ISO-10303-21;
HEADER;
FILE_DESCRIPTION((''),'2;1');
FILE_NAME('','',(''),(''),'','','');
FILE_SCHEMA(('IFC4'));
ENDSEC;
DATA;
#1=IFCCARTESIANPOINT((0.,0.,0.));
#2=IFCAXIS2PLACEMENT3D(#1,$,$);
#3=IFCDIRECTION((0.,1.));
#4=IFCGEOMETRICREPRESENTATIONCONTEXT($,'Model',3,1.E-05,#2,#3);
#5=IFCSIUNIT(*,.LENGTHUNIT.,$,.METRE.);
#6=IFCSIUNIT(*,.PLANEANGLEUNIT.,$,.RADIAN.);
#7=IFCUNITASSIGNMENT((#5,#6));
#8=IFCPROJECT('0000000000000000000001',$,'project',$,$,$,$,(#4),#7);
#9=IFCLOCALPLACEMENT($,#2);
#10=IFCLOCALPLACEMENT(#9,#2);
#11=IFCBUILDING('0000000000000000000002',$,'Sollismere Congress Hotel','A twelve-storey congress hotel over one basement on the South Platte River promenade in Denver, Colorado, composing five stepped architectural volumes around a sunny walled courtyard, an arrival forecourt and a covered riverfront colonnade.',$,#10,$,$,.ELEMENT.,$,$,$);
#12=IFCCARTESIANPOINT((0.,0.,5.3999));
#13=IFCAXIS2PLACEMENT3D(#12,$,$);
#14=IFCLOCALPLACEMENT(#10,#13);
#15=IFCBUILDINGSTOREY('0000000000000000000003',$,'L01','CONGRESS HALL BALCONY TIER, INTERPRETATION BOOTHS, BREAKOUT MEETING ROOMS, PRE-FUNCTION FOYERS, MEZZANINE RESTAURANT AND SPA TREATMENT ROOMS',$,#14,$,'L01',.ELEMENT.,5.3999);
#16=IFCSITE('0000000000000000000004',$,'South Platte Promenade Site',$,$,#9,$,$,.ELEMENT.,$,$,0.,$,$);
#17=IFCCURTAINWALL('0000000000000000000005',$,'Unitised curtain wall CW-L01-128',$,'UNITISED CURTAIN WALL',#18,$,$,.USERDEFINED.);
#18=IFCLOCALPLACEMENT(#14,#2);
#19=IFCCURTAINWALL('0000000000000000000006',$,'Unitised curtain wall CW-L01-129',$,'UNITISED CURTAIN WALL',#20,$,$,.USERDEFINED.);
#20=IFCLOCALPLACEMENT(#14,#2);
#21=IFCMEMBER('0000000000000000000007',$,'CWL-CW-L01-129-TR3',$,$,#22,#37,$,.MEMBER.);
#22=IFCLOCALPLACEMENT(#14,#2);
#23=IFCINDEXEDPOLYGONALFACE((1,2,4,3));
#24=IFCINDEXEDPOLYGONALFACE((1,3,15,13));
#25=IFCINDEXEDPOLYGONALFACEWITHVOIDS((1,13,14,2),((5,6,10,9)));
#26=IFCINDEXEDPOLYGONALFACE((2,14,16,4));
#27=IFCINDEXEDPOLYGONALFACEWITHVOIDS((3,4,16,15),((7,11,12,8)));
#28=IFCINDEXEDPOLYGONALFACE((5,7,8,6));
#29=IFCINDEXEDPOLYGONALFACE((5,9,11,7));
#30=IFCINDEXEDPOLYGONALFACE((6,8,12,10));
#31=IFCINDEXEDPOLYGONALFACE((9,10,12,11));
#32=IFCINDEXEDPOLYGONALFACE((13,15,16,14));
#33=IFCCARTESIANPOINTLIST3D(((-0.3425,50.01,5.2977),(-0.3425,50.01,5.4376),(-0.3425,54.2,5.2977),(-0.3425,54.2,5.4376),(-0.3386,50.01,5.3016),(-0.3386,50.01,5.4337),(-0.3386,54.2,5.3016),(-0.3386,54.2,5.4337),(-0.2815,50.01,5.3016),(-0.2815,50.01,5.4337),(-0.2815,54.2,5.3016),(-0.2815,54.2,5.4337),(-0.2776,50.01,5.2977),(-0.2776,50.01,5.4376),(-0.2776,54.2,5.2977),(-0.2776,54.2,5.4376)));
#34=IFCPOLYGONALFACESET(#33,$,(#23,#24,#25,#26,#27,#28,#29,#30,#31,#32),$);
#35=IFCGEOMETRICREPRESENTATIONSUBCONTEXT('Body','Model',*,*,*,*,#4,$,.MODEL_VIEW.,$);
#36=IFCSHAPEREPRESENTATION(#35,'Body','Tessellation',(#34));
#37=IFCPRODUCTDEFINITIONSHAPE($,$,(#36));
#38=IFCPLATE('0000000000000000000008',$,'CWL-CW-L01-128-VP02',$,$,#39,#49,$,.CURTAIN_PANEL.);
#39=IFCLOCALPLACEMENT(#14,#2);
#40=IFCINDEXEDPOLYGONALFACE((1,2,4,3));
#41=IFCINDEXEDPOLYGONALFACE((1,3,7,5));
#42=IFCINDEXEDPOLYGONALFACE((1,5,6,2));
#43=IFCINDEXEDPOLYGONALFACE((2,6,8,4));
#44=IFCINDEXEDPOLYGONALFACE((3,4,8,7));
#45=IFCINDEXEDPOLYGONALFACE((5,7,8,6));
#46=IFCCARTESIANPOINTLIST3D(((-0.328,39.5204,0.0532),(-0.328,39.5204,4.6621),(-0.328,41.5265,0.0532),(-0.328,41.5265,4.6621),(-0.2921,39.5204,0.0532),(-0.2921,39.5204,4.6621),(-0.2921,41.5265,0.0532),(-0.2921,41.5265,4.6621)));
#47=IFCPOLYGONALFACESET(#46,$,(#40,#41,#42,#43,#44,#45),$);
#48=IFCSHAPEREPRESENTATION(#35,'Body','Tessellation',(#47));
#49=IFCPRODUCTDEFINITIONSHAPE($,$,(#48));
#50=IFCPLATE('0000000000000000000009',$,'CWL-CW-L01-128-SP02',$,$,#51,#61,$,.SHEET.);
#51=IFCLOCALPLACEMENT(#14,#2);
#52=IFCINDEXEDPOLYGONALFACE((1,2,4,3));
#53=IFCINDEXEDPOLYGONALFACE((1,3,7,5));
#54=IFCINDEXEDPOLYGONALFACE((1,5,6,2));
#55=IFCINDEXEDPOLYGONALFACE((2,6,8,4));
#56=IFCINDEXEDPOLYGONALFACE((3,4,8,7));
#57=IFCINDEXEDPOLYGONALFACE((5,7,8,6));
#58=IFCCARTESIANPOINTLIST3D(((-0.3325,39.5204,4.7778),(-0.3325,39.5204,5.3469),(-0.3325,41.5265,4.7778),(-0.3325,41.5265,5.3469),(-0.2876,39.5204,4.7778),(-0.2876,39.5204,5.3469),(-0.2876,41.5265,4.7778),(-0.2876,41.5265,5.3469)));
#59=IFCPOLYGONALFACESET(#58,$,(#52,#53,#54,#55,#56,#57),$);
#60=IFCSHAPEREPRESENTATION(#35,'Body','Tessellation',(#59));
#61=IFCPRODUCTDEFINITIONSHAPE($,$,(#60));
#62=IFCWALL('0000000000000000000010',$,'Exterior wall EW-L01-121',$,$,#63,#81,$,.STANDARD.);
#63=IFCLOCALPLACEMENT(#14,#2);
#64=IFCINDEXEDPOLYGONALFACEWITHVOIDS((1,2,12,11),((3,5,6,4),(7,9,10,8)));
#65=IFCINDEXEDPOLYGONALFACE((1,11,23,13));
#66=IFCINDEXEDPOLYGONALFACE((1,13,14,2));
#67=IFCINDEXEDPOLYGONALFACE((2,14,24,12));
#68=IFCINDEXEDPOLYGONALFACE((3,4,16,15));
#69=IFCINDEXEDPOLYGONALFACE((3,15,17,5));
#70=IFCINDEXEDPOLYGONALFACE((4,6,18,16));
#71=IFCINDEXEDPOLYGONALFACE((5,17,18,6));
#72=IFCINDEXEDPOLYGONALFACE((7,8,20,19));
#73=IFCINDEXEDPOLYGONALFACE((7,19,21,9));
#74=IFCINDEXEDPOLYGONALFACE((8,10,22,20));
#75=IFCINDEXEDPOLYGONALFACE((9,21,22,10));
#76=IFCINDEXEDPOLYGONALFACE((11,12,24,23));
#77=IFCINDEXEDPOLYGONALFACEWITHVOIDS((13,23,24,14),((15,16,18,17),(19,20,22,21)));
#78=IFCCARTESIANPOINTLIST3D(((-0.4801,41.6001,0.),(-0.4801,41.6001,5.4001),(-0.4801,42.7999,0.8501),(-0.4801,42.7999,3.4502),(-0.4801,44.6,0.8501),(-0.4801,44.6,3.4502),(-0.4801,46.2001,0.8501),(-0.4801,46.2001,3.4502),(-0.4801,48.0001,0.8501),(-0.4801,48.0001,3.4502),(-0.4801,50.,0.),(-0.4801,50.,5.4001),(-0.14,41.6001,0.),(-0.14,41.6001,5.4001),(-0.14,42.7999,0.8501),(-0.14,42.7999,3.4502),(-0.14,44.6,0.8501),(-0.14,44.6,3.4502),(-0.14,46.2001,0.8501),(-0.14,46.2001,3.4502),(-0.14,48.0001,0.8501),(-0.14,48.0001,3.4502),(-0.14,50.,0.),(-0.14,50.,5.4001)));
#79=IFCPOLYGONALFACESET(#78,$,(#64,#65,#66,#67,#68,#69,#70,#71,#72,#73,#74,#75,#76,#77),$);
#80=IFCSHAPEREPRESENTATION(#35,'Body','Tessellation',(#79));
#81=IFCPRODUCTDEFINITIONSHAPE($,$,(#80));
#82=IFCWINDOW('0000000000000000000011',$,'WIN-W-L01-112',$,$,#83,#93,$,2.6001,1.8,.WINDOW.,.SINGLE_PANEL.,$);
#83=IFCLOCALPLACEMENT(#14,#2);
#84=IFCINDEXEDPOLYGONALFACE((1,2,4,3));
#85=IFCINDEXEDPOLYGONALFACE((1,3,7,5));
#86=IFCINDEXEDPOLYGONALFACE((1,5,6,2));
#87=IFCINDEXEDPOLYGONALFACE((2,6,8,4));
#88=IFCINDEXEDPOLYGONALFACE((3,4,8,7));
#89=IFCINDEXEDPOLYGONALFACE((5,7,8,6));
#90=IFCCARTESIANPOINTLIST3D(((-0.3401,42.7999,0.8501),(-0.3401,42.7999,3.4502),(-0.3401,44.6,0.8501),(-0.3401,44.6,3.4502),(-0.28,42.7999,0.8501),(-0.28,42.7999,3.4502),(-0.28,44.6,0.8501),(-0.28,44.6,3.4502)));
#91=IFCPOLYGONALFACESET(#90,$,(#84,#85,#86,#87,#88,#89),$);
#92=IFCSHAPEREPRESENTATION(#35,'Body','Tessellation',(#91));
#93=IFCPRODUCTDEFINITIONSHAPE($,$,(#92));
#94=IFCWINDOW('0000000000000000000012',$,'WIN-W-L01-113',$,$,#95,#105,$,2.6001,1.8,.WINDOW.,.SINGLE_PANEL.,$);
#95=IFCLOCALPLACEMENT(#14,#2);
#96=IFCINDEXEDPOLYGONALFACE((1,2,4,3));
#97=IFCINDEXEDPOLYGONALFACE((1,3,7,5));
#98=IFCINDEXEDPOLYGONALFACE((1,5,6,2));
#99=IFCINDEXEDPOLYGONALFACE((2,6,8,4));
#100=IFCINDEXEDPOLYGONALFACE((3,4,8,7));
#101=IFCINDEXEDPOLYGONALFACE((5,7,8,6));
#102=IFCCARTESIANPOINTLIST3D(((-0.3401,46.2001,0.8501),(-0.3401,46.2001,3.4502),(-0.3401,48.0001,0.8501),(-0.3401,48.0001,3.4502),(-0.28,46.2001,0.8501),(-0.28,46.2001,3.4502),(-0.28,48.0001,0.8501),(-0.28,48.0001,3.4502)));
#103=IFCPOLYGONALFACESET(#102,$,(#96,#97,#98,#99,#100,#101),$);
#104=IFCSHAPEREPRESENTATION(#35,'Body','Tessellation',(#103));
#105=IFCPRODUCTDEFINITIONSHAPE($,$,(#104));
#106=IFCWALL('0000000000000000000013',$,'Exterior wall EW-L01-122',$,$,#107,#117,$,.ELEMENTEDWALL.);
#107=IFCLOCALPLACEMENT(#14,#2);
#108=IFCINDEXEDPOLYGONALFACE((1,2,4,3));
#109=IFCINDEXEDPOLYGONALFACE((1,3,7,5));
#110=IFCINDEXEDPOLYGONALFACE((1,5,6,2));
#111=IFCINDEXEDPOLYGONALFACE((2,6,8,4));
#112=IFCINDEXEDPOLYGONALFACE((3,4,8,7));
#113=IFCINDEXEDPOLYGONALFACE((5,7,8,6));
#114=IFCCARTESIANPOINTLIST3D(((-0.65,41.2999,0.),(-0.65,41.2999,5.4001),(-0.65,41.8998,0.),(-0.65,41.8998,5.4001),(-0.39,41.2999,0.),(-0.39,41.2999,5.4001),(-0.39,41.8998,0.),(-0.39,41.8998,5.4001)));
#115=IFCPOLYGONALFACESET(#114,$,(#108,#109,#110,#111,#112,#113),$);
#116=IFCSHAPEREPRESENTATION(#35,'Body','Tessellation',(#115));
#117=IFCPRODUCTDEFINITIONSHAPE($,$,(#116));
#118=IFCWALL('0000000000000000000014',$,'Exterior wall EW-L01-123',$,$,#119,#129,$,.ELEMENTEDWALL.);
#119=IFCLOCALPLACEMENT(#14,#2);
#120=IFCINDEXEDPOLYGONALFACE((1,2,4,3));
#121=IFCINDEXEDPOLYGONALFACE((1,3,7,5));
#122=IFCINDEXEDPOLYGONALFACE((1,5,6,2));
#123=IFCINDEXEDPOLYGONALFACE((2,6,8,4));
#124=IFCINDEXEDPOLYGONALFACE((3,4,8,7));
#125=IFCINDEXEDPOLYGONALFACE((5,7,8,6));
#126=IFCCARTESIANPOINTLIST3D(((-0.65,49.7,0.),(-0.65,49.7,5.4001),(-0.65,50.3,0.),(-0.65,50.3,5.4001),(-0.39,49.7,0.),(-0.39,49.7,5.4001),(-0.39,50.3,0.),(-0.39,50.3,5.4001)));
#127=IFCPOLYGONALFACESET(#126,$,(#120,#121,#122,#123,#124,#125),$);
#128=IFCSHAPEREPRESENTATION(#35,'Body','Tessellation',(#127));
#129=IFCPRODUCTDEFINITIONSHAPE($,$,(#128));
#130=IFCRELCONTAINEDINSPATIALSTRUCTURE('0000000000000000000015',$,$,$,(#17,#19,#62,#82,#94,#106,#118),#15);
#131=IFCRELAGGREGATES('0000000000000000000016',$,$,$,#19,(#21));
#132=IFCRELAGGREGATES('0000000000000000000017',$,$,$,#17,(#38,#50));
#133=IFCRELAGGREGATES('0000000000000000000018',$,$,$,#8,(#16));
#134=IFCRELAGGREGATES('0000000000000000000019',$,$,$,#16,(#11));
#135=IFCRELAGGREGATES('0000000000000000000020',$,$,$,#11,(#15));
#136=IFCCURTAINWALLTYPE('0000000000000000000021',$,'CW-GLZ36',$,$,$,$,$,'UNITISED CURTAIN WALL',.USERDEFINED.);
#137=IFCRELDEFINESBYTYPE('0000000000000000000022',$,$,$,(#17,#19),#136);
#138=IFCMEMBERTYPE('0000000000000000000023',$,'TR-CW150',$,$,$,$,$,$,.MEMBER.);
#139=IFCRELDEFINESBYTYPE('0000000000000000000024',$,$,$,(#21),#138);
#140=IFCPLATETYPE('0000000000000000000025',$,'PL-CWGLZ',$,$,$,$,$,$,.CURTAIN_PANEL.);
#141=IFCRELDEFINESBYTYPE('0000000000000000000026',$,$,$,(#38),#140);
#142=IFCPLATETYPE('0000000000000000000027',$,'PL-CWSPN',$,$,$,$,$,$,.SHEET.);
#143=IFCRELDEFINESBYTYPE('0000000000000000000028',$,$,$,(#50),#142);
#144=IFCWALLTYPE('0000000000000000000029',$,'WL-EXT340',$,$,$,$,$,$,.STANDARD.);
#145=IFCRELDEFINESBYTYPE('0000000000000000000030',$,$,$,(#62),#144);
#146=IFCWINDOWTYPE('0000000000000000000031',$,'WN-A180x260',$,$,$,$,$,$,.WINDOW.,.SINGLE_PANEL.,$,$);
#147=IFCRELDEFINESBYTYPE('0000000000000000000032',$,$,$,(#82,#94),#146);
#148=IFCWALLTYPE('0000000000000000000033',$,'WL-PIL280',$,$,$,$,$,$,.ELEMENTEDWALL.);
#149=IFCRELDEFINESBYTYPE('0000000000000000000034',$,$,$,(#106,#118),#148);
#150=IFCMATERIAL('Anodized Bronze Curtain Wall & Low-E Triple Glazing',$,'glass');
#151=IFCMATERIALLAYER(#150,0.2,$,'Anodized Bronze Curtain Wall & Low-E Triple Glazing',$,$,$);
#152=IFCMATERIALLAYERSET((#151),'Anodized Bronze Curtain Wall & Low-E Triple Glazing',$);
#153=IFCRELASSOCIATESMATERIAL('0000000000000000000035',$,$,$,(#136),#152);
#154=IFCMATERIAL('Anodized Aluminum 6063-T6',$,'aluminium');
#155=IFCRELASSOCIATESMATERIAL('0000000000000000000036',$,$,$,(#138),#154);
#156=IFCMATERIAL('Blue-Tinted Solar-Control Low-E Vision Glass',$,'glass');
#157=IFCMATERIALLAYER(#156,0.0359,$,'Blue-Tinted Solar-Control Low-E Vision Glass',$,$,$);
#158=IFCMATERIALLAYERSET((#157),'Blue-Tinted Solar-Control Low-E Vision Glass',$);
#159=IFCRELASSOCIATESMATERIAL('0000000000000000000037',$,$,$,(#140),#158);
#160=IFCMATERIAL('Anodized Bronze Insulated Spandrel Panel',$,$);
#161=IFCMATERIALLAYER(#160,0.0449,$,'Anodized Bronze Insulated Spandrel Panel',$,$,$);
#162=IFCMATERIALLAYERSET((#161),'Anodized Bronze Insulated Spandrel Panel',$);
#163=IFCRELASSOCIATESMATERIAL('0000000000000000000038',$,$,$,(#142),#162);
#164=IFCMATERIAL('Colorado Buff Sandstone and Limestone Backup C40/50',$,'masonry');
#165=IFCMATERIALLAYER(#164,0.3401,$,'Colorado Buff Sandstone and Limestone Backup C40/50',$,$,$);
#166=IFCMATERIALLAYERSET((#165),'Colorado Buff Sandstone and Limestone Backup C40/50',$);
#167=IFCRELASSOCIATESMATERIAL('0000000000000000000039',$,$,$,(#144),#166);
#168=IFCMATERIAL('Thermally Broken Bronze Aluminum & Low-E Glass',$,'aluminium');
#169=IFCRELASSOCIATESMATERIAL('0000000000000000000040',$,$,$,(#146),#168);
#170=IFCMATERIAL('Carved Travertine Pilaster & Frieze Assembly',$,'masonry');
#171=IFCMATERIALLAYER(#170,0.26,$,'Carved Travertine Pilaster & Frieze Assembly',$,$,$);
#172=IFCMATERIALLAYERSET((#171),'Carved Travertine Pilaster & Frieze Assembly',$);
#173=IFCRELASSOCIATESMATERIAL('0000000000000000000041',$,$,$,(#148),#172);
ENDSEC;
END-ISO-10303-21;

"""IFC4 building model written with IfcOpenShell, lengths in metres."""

from ifc_helpers import new_model, si_unit, direction, frame, frame_2d, origin, origin_2d, place, context, subcontext, project, spatial, rectangle, hollow_rectangle, extrude, material, layer, layer_set, material_profile, profile_set, type_object, element, fill, aggregate, save


model = new_model("IFC4")

# Units and contexts
model_context = context("Model", 3, precision=1e-05, world=origin(), true_north=direction((0.0, 1.0)))
body_context = subcontext(model_context, "Body", "Model", "MODEL_VIEW")
ifc_project = project(units=[si_unit("LENGTHUNIT", "METRE"), si_unit("PLANEANGLEUNIT", "RADIAN")], contexts=[model_context])

# Site, building, storey
site_placement = place(None, origin())
site = spatial("IfcSite", under=ifc_project, at=site_placement, Name="South Platte Promenade Site", CompositionType="ELEMENT", RefElevation=0.0)
building_placement = place(site_placement, origin())
building = spatial("IfcBuilding", under=site, at=building_placement, Name="Sollismere Congress Hotel", Description="A twelve-storey congress hotel over one basement on the South Platte River promenade in Denver, Colorado, composing five stepped architectural volumes around a sunny walled courtyard, an arrival forecourt and a covered riverfront colonnade.", CompositionType="ELEMENT")
storey_placement = place(building_placement, frame((0.0, 0.0, 5.3999)))
storey = spatial("IfcBuildingStorey", under=building, at=storey_placement, Name="L01", Description="CONGRESS HALL BALCONY TIER, INTERPRETATION BOOTHS, BREAKOUT MEETING ROOMS, PRE-FUNCTION FOYERS, MEZZANINE RESTAURANT AND SPA TREATMENT ROOMS", LongName="L01", CompositionType="ELEMENT", Elevation=5.3999)

# Curtain walls, member
ifc_material_1 = material(Name="Anodized Bronze Curtain Wall & Low-E Triple Glazing", Category="glass")
ifc_layer_1 = layer(ifc_material_1, 0.2, Name="Anodized Bronze Curtain Wall & Low-E Triple Glazing")
ifc_layer_set_1 = layer_set([ifc_layer_1], Name="Anodized Bronze Curtain Wall & Low-E Triple Glazing")
curtain_wall_type = type_object("IfcCurtainWallType", Name="CW-GLZ36", ElementType="UNITISED CURTAIN WALL", PredefinedType="USERDEFINED", material=ifc_layer_set_1)
curtain_wall_1_placement = place(storey_placement, origin())
curtain_wall_1 = element("IfcCurtainWall", 1, at=curtain_wall_1_placement, inside=storey, type_object=curtain_wall_type, Name="Unitised curtain wall CW-L01-128", ObjectType="UNITISED CURTAIN WALL", PredefinedType="USERDEFINED")
ifc_material_2 = material(Name="Anodized Aluminum 6063-T6", Category="aluminium")
curtain_wall_2_placement = place(storey_placement, origin())
curtain_wall_2 = element("IfcCurtainWall", 2, at=curtain_wall_2_placement, inside=storey, type_object=curtain_wall_type, Name="Unitised curtain wall CW-L01-129", ObjectType="UNITISED CURTAIN WALL", PredefinedType="USERDEFINED")
ifc_material_profile_1 = material_profile(ifc_material_2, hollow_rectangle(XDim=0.0649, YDim=0.1399, WallThickness=0.0039, at=origin_2d()), Name="ALU140X65X4")
ifc_profile_set_1 = profile_set([ifc_material_profile_1], Name="Anodized Aluminum 6063-T6")
member_type_1 = type_object("IfcMemberType", Name="TR-CW150", PredefinedType="MEMBER", material=ifc_profile_set_1)
member_1_placement = place(storey_placement, frame((-0.3101, 50.01, 5.3677), z_axis=(0.0, 1.0, 0.0), x_axis=(-1.0, 0.0, 0.0)))
member_1 = element("IfcMember", 3, at=member_1_placement, type_object=member_type_1, Name="CWL-CW-L01-129-TR3", PredefinedType="MEMBER", context=body_context, shape_type="SweptSolid", body=[
    extrude(hollow_rectangle(XDim=0.0649, YDim=0.1399, WallThickness=0.0039, at=origin_2d()), origin(), (0.0, 0.0, 1.0), 4.1899),
])
aggregate(curtain_wall_2, [member_1])

# Plates
ifc_material_3 = material(Name="Blue-Tinted Solar-Control Low-E Vision Glass", Category="glass")
ifc_layer_2 = layer(ifc_material_3, 0.0359, Name="Blue-Tinted Solar-Control Low-E Vision Glass")
ifc_layer_set_2 = layer_set([ifc_layer_2], Name="Blue-Tinted Solar-Control Low-E Vision Glass")
plate_type_1 = type_object("IfcPlateType", Name="PL-CWGLZ", PredefinedType="CURTAIN_PANEL", material=ifc_layer_set_2)
plate_1_placement = place(storey_placement, frame((-0.3101, 40.5234, 0.0532), z_axis=(0.0, 0.0, 1.0), x_axis=(0.0, 1.0, 0.0)))
plate_1 = element("IfcPlate", 4, at=plate_1_placement, type_object=plate_type_1, Name="CWL-CW-L01-128-VP02", PredefinedType="CURTAIN_PANEL", context=body_context, shape_type="SweptSolid", body=[
    extrude(rectangle(XDim=2.0061, YDim=0.0359, at=origin_2d()), origin(), (0.0, 0.0, 1.0), 4.6089),
])
ifc_material_4 = material(Name="Anodized Bronze Insulated Spandrel Panel")
ifc_layer_3 = layer(ifc_material_4, 0.0449, Name="Anodized Bronze Insulated Spandrel Panel")
ifc_layer_set_3 = layer_set([ifc_layer_3], Name="Anodized Bronze Insulated Spandrel Panel")
plate_type_2 = type_object("IfcPlateType", Name="PL-CWSPN", PredefinedType="SHEET", material=ifc_layer_set_3)
plate_2_placement = place(storey_placement, frame((-0.3101, 40.5234, 4.7778), z_axis=(0.0, 0.0, 1.0), x_axis=(0.0, 1.0, 0.0)))
plate_2 = element("IfcPlate", 5, at=plate_2_placement, type_object=plate_type_2, Name="CWL-CW-L01-128-SP02", PredefinedType="SHEET", context=body_context, shape_type="SweptSolid", body=[
    extrude(rectangle(XDim=2.0061, YDim=0.0449, at=origin_2d()), origin(), (0.0, 0.0, 1.0), 0.5691),
])
aggregate(curtain_wall_1, [plate_1, plate_2])

# Wall, openings, windows
ifc_material_5 = material(Name="Colorado Buff Sandstone and Limestone Backup C40/50", Category="masonry")
ifc_layer_4 = layer(ifc_material_5, 0.3401, Name="Colorado Buff Sandstone and Limestone Backup C40/50")
ifc_layer_set_4 = layer_set([ifc_layer_4], Name="Colorado Buff Sandstone and Limestone Backup C40/50")
wall_type_1 = type_object("IfcWallType", Name="WL-EXT340", PredefinedType="STANDARD", material=ifc_layer_set_4)
wall_1_placement = place(storey_placement, frame((-0.3101, 41.6001, 0.0), z_axis=(0.0, 0.0, 1.0), x_axis=(0.0, 1.0, 0.0)))
wall_1 = element("IfcWall", 6, at=wall_1_placement, inside=storey, type_object=wall_type_1, Name="Exterior wall EW-L01-121", PredefinedType="STANDARD", context=body_context, shape_type="SweptSolid", body=[
    extrude(rectangle(XDim=8.3999, YDim=0.3401, at=frame_2d((4.2, 0.0))), origin(), (0.0, 0.0, 1.0), 5.4001),
])
opening_1_placement = place(wall_1_placement, frame((1.2, 0.0, 0.8501)))
opening_1 = element("IfcOpeningElement", 7, at=opening_1_placement, cuts=wall_1, PredefinedType="OPENING", context=body_context, shape_type="SweptSolid", body=[
    extrude(rectangle(XDim=1.8, YDim=2.6001, at=frame_2d((0.8999, 1.3))), frame((0.0, 0.1799, 0.0), z_axis=(0.0, -1.0, 0.0), x_axis=(1.0, 0.0, 0.0)), (0.0, 0.0, 1.0), 0.3601),
])
opening_2_placement = place(wall_1_placement, frame((4.6001, 0.0, 0.8501)))
opening_2 = element("IfcOpeningElement", 8, at=opening_2_placement, cuts=wall_1, PredefinedType="OPENING", context=body_context, shape_type="SweptSolid", body=[
    extrude(rectangle(XDim=1.8, YDim=2.6001, at=frame_2d((0.8999, 1.3))), frame((0.0, 0.1799, 0.0), z_axis=(0.0, -1.0, 0.0), x_axis=(1.0, 0.0, 0.0)), (0.0, 0.0, 1.0), 0.3601),
])
ifc_material_6 = material(Name="Thermally Broken Bronze Aluminum & Low-E Glass", Category="aluminium")
window_type = type_object("IfcWindowType", Name="WN-A180x260", PartitioningType="SINGLE_PANEL", PredefinedType="WINDOW", material=ifc_material_6)
window_1_placement = place(opening_1_placement, origin())
window_1 = element("IfcWindow", 9, at=window_1_placement, inside=storey, type_object=window_type, Name="WIN-W-L01-112", OverallHeight=2.6001, OverallWidth=1.8, PartitioningType="SINGLE_PANEL", PredefinedType="WINDOW", context=body_context, shape_type="SweptSolid", body=[
    extrude(rectangle(XDim=1.8, YDim=2.6001, at=frame_2d((0.8999, 1.3))), frame((0.0, 0.03, 0.0), z_axis=(0.0, -1.0, 0.0), x_axis=(1.0, 0.0, 0.0)), (0.0, 0.0, 1.0), 0.0601),
])
fill(opening_1, window_1)
window_2_placement = place(opening_2_placement, origin())
window_2 = element("IfcWindow", 10, at=window_2_placement, inside=storey, type_object=window_type, Name="WIN-W-L01-113", OverallHeight=2.6001, OverallWidth=1.8, PartitioningType="SINGLE_PANEL", PredefinedType="WINDOW", context=body_context, shape_type="SweptSolid", body=[
    extrude(rectangle(XDim=1.8, YDim=2.6001, at=frame_2d((0.8999, 1.3))), frame((0.0, 0.03, 0.0), z_axis=(0.0, -1.0, 0.0), x_axis=(1.0, 0.0, 0.0)), (0.0, 0.0, 1.0), 0.0601),
])
fill(opening_2, window_2)

# Walls
ifc_material_7 = material(Name="Carved Travertine Pilaster & Frieze Assembly", Category="masonry")
ifc_layer_5 = layer(ifc_material_7, 0.26, Name="Carved Travertine Pilaster & Frieze Assembly")
ifc_layer_set_5 = layer_set([ifc_layer_5], Name="Carved Travertine Pilaster & Frieze Assembly")
wall_type_2 = type_object("IfcWallType", Name="WL-PIL280", PredefinedType="ELEMENTEDWALL", material=ifc_layer_set_5)
wall_2_placement = place(storey_placement, frame((-0.52, 41.3, 0.0), z_axis=(0.0, 0.0, 1.0), x_axis=(0.0, 1.0, 0.0)))
element("IfcWall", 11, at=wall_2_placement, inside=storey, type_object=wall_type_2, Name="Exterior wall EW-L01-122", PredefinedType="ELEMENTEDWALL", context=body_context, shape_type="SweptSolid", body=[
    extrude(rectangle(XDim=0.5999, YDim=0.26, at=frame_2d((0.2998, 0.0))), origin(), (0.0, 0.0, 1.0), 5.4001),
])
wall_3_placement = place(storey_placement, frame((-0.52, 49.7, 0.0), z_axis=(0.0, 0.0, 1.0), x_axis=(0.0, 1.0, 0.0)))
element("IfcWall", 12, at=wall_3_placement, inside=storey, type_object=wall_type_2, Name="Exterior wall EW-L01-123", PredefinedType="ELEMENTEDWALL", context=body_context, shape_type="SweptSolid", body=[
    extrude(rectangle(XDim=0.6001, YDim=0.26, at=frame_2d((0.3, 0.0))), origin(), (0.0, 0.0, 1.0), 5.4001),
])

save(model, "model.ifc")
